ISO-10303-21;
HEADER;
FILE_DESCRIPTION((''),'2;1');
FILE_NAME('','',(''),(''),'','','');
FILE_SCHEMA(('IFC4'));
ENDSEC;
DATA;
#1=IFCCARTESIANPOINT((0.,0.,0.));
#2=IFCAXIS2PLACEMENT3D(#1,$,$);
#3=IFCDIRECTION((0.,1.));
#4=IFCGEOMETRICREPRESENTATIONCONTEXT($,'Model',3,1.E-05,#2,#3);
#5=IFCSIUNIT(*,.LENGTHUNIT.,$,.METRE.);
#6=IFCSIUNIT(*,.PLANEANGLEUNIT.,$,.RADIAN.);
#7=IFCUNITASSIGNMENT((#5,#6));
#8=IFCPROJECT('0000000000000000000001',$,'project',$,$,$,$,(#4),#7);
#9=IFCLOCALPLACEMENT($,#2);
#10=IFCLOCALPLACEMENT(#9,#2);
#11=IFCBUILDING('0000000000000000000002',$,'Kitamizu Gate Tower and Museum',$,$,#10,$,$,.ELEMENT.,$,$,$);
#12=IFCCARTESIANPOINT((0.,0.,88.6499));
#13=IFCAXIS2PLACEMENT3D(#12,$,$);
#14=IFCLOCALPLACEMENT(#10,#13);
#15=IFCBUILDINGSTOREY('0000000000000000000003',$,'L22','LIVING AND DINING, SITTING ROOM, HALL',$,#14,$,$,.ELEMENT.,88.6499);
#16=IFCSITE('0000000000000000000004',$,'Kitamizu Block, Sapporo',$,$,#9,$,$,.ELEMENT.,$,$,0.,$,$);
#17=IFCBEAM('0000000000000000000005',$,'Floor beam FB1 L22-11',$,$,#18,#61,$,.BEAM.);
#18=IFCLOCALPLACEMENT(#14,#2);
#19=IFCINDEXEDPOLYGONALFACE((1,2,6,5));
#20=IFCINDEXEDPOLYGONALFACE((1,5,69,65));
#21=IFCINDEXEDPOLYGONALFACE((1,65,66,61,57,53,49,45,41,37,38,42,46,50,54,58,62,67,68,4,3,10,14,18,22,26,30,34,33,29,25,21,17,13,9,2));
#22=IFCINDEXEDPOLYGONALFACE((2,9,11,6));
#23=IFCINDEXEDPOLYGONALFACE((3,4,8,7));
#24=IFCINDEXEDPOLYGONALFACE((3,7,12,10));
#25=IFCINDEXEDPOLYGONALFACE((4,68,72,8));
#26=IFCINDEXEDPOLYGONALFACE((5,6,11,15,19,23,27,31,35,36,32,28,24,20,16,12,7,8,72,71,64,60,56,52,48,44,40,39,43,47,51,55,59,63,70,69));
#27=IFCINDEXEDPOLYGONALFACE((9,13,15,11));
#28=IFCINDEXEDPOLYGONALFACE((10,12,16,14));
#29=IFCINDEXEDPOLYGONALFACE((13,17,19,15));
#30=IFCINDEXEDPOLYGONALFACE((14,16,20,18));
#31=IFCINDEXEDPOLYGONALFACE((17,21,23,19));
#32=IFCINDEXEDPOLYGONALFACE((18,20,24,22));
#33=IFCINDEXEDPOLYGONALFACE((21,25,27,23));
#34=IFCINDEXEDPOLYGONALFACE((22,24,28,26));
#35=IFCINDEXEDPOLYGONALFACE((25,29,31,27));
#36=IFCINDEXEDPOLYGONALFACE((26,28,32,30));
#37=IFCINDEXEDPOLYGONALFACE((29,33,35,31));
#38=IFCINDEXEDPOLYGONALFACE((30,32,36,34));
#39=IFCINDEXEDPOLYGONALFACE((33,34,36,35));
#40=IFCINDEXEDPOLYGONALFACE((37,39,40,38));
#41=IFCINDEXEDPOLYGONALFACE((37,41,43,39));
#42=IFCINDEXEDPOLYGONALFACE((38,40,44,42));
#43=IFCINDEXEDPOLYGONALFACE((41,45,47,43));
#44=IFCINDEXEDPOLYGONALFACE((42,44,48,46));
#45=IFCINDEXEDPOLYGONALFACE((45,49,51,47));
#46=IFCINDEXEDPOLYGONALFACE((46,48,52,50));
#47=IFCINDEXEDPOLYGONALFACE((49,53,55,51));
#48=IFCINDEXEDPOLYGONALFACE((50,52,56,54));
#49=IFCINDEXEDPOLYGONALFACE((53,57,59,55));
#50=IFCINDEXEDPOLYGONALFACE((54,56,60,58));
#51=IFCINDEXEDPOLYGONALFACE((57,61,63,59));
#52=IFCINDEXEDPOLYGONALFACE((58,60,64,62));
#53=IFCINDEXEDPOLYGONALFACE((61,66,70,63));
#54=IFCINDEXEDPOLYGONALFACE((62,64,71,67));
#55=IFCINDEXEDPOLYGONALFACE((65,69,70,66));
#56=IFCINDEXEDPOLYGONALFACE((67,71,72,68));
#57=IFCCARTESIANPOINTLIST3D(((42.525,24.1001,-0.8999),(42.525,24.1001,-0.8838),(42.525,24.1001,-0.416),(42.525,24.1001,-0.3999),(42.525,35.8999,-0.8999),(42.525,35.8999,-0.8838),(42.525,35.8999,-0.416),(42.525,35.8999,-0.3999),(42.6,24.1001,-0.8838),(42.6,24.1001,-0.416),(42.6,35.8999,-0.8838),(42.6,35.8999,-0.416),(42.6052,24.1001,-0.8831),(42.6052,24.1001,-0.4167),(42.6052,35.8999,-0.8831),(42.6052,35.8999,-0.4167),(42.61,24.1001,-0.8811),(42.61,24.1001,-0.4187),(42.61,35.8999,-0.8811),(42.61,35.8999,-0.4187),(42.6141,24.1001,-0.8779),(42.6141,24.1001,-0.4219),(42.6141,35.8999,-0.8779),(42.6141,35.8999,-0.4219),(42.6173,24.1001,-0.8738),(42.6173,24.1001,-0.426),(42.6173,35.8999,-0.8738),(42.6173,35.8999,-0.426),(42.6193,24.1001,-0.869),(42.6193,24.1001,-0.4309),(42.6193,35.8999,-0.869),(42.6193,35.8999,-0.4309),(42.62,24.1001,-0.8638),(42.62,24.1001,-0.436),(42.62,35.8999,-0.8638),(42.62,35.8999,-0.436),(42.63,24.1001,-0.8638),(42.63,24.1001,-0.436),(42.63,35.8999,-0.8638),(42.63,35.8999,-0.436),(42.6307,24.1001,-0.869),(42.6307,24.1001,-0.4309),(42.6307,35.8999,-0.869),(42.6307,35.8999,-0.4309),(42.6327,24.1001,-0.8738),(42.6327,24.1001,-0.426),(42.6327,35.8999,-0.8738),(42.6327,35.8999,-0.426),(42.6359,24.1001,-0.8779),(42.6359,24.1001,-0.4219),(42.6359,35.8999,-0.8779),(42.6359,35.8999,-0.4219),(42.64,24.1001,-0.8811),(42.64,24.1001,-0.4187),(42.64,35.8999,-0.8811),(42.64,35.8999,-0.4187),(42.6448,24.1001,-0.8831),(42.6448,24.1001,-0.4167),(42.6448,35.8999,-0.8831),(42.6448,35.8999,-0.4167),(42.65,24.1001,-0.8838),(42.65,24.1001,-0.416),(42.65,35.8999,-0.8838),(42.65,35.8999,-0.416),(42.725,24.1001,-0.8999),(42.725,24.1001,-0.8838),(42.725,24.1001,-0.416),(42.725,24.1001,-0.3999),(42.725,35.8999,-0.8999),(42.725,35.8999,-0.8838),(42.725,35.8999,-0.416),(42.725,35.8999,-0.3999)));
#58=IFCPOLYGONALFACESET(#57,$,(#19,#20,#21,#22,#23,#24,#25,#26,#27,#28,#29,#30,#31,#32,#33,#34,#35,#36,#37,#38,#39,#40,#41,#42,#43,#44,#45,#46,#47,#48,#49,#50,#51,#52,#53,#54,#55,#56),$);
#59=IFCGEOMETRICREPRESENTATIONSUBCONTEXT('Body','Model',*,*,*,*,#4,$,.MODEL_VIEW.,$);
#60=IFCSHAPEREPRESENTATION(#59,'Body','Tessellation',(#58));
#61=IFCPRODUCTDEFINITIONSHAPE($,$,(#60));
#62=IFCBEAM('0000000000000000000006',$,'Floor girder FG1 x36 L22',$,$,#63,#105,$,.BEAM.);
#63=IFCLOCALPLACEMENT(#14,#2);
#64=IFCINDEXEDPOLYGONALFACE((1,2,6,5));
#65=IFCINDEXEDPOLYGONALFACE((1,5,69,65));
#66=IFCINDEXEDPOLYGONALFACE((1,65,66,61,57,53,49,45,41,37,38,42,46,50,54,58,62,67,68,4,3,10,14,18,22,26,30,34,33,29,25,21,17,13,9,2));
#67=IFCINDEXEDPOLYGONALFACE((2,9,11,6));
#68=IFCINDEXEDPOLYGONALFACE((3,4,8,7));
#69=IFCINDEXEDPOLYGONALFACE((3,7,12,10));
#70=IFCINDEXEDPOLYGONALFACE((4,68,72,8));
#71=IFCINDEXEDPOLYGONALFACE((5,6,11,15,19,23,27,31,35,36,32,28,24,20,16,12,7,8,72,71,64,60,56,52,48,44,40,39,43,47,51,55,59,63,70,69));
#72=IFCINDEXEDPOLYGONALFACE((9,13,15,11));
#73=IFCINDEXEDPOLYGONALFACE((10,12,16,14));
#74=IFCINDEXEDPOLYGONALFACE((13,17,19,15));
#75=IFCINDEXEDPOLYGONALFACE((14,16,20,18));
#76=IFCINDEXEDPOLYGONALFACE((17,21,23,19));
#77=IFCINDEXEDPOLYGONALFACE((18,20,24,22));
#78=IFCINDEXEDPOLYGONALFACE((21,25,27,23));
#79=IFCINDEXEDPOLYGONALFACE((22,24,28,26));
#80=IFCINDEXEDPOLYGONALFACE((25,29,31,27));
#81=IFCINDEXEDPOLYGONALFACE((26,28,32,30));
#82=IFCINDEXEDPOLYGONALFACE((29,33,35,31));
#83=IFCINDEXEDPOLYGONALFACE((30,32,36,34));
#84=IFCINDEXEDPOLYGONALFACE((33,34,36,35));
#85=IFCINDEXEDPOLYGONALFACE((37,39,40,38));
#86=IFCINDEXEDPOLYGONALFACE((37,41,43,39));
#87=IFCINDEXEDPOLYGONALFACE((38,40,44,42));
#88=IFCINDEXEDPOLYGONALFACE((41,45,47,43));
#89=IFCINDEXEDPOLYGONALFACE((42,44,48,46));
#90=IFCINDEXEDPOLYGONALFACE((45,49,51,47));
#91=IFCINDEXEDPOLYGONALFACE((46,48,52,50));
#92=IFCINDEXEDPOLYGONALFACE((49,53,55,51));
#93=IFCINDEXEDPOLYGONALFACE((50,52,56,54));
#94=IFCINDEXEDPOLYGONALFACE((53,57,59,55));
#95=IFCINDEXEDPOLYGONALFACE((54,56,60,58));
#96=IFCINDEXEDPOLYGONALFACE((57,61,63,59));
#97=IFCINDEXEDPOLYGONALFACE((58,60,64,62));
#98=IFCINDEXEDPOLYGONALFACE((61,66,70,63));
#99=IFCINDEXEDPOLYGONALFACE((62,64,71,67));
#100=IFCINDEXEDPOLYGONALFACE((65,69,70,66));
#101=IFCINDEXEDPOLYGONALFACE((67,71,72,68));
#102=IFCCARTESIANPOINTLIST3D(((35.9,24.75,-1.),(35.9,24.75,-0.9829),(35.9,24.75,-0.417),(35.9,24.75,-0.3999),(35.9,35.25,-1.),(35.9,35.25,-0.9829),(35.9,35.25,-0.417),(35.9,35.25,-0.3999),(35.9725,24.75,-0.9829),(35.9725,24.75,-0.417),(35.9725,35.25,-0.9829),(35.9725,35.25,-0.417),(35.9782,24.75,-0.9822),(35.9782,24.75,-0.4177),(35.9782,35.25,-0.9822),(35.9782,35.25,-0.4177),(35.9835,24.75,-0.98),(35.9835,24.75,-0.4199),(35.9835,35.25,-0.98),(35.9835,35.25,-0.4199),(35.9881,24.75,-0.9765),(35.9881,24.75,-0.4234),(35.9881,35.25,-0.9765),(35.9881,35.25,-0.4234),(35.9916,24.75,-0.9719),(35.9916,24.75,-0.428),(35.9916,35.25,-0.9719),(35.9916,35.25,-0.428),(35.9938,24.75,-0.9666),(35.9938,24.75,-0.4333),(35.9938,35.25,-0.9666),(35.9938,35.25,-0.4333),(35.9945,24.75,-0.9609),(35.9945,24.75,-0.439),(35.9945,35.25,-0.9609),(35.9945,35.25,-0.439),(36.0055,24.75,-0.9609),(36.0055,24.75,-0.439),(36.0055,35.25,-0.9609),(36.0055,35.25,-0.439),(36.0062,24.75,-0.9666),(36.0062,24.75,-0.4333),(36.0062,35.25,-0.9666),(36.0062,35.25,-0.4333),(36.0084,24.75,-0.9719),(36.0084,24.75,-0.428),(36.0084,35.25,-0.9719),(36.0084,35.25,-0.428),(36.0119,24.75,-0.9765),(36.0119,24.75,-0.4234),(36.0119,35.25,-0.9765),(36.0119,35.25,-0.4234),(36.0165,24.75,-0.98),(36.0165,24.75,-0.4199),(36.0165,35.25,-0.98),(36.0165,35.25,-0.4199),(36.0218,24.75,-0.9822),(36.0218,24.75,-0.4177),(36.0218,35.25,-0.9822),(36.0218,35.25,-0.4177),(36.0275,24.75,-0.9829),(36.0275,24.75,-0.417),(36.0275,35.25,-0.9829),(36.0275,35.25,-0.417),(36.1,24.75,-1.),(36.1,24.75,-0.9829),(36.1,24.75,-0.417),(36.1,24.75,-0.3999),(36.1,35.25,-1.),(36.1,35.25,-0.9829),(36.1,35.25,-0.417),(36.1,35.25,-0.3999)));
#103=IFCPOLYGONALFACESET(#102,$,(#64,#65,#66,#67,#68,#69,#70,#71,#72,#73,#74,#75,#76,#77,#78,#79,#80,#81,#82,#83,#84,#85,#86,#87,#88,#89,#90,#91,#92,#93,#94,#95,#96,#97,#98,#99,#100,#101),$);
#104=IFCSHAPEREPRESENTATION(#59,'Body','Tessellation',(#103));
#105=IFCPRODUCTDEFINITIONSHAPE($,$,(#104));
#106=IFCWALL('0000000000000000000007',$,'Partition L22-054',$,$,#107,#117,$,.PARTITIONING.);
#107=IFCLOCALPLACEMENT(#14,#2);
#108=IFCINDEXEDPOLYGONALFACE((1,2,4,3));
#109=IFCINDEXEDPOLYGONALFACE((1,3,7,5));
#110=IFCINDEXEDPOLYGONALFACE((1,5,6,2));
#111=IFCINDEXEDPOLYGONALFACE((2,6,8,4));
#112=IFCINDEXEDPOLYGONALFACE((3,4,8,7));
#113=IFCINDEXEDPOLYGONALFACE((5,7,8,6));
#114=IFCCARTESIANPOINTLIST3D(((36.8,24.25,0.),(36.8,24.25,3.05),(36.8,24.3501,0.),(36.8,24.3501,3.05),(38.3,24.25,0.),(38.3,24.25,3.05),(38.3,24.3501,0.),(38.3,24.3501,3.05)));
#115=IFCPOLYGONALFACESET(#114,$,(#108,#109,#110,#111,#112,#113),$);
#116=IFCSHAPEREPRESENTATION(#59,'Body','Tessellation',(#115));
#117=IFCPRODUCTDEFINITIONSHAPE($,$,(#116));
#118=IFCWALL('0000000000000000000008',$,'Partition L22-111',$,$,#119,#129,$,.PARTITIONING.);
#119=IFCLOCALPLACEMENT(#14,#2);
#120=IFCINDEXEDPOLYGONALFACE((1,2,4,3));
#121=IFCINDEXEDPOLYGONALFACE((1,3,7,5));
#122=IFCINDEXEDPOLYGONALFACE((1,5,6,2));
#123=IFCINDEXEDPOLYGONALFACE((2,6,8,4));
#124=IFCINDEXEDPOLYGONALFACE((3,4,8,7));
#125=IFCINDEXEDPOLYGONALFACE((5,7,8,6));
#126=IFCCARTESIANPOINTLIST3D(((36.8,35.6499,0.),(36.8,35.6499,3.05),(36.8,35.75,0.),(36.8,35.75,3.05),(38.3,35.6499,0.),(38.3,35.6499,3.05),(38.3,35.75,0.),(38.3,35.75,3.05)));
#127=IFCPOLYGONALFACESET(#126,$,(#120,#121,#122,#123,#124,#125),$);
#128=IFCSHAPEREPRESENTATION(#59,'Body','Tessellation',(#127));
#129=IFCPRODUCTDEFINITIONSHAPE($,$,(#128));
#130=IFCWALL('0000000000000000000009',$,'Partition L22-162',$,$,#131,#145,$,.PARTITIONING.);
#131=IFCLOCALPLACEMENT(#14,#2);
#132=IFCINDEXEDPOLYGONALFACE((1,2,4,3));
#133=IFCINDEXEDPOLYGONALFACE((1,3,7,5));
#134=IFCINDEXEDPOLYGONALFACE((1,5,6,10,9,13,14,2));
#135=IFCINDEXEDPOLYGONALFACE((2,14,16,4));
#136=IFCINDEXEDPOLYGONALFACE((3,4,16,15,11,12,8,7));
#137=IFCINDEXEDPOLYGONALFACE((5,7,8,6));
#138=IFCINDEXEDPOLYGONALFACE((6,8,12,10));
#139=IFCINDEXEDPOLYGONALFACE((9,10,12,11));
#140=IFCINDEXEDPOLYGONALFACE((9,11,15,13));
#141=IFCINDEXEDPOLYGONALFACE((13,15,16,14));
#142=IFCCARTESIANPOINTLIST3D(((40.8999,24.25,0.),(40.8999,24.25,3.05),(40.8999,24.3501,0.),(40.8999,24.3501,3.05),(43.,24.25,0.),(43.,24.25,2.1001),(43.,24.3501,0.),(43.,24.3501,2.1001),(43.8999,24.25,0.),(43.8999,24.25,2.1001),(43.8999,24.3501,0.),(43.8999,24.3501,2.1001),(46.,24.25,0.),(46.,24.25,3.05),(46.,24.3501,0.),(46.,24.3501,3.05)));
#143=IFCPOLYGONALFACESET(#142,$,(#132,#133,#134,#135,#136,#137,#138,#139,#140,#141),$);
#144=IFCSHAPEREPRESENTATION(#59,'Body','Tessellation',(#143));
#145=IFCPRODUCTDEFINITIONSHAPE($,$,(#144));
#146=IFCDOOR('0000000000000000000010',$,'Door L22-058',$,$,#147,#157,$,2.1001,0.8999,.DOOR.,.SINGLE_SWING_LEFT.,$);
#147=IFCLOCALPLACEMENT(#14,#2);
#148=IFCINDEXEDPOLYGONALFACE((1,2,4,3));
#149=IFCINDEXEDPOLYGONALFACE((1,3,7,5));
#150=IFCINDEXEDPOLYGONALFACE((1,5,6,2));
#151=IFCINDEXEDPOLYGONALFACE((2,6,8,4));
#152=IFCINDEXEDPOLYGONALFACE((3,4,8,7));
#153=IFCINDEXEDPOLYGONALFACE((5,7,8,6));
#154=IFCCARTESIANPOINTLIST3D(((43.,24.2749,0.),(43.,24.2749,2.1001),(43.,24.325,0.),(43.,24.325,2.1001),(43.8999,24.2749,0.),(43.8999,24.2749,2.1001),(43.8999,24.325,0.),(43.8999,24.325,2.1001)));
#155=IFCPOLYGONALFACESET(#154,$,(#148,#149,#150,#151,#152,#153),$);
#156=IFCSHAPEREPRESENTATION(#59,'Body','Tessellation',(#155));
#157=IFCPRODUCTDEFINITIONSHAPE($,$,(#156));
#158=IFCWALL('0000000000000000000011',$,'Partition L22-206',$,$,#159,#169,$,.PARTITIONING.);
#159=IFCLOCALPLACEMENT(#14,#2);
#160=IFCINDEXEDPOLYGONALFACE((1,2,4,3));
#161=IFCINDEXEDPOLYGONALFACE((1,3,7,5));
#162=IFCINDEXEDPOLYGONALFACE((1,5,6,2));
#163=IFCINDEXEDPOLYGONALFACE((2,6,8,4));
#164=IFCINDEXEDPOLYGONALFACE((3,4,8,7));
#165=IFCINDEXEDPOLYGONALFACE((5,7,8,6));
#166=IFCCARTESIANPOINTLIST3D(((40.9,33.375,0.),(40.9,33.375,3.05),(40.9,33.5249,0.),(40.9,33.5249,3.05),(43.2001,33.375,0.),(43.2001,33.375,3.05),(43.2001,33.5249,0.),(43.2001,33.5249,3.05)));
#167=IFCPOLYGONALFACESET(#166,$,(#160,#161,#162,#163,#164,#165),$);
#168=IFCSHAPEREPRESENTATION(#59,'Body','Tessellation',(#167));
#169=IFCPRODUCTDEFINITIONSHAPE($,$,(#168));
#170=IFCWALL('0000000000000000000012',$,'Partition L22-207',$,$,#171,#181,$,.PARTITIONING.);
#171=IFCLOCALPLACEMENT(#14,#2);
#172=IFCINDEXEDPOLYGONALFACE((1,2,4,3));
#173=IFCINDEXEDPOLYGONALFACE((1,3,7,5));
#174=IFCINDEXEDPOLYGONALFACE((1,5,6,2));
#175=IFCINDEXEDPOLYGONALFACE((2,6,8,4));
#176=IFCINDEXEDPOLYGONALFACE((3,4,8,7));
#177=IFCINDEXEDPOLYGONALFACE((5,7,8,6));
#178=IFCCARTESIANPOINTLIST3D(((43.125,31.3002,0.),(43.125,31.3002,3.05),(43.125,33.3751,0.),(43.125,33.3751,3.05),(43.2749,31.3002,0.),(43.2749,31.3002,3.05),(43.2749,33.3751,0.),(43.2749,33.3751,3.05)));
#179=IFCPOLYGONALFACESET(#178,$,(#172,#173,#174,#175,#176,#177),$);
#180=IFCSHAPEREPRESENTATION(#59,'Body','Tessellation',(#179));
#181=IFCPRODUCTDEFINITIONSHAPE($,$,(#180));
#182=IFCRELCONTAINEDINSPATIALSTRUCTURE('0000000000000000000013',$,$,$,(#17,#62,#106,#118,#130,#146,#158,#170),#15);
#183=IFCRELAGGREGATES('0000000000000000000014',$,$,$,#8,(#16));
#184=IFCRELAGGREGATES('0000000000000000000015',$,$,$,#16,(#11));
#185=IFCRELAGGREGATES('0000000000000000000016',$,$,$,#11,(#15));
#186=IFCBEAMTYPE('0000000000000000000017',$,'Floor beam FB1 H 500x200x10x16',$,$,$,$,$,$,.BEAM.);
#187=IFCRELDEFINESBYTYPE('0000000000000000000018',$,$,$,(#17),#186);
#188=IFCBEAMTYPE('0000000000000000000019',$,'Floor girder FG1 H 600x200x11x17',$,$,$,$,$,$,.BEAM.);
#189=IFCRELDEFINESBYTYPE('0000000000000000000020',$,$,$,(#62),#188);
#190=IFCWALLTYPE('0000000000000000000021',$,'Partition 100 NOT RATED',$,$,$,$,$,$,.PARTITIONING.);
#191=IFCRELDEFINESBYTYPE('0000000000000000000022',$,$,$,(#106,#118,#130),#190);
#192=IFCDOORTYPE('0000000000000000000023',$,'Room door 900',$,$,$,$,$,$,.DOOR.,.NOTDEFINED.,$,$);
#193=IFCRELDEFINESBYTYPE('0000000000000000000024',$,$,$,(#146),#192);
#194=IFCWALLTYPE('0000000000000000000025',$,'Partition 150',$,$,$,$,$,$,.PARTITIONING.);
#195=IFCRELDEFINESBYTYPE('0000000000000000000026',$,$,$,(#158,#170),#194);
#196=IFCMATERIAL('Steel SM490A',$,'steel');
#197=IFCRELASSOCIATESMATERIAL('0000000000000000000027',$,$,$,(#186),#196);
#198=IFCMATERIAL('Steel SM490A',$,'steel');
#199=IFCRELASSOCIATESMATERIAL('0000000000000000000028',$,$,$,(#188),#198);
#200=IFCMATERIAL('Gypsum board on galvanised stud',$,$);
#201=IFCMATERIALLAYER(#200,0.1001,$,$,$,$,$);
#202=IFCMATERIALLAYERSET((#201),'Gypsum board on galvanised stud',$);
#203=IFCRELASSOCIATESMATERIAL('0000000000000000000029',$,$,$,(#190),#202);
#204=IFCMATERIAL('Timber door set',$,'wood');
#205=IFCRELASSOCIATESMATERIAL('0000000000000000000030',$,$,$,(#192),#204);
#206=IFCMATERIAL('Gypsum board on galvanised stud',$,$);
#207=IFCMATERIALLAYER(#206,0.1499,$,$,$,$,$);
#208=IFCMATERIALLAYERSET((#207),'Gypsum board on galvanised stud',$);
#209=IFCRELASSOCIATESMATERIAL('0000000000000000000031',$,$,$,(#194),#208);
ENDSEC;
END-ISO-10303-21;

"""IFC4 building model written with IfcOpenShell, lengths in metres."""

from ifc_helpers import new_model, si_unit, direction, frame, frame_2d, origin, origin_2d, place, context, subcontext, project, spatial, rectangle, i_section, extrude, material, layer, layer_set, material_profile, profile_set, type_object, element, fill, save


model = new_model("IFC4")

# Units and contexts
model_context = context("Model", 3, precision=1e-05, world=origin(), true_north=direction((0.0, 1.0)))
body_context = subcontext(model_context, "Body", "Model", "MODEL_VIEW")
ifc_project = project(units=[si_unit("LENGTHUNIT", "METRE"), si_unit("PLANEANGLEUNIT", "RADIAN")], contexts=[model_context])

# Site, building, storey
site_placement = place(None, origin())
site = spatial("IfcSite", under=ifc_project, at=site_placement, Name="Kitamizu Block, Sapporo", CompositionType="ELEMENT", RefElevation=0.0)
building_placement = place(site_placement, origin())
building = spatial("IfcBuilding", under=site, at=building_placement, Name="Kitamizu Gate Tower and Museum", CompositionType="ELEMENT")
storey_placement = place(building_placement, frame((0.0, 0.0, 88.6499)))
storey = spatial("IfcBuildingStorey", under=building, at=storey_placement, Name="L22", Description="LIVING AND DINING, SITTING ROOM, HALL", CompositionType="ELEMENT", Elevation=88.6499)

# Beams
ifc_material_1 = material(Name="Steel SM490A", Category="steel")
ifc_material_profile_1 = material_profile(ifc_material_1, i_section(OverallWidth=0.2, OverallDepth=0.5, WebThickness=0.01, FlangeThickness=0.0161, FilletRadius=0.02, at=origin_2d()), Name="H-500x200x10x16")
ifc_profile_set_1 = profile_set([ifc_material_profile_1], Name="Steel SM490A")
beam_type_1 = type_object("IfcBeamType", Name="Floor beam FB1 H 500x200x10x16", PredefinedType="BEAM", material=ifc_profile_set_1)
beam_1_placement = place(storey_placement, frame((42.625, 24.1001, -0.6499), z_axis=(0.0, 1.0, 0.0), x_axis=(-1.0, 0.0, 0.0)))
element("IfcBeam", 1, at=beam_1_placement, inside=storey, type_object=beam_type_1, Name="Floor beam FB1 L22-11", PredefinedType="BEAM", context=body_context, shape_type="SweptSolid", body=[
    extrude(i_section(OverallWidth=0.2, OverallDepth=0.5, WebThickness=0.01, FlangeThickness=0.0161, FilletRadius=0.02, at=origin_2d()), origin(), (0.0, 0.0, 1.0), 11.7998),
])
ifc_material_2 = material(Name="Steel SM490A", Category="steel")
ifc_material_profile_2 = material_profile(ifc_material_2, i_section(OverallWidth=0.2, OverallDepth=0.6001, WebThickness=0.011, FlangeThickness=0.0171, FilletRadius=0.022, at=origin_2d()), Name="H-600x200x11x17")
ifc_profile_set_2 = profile_set([ifc_material_profile_2], Name="Steel SM490A")
beam_type_2 = type_object("IfcBeamType", Name="Floor girder FG1 H 600x200x11x17", PredefinedType="BEAM", material=ifc_profile_set_2)
beam_2_placement = place(storey_placement, frame((36.0, 24.75, -0.7), z_axis=(0.0, 1.0, 0.0), x_axis=(-1.0, 0.0, 0.0)))
element("IfcBeam", 2, at=beam_2_placement, inside=storey, type_object=beam_type_2, Name="Floor girder FG1 x36 L22", PredefinedType="BEAM", context=body_context, shape_type="SweptSolid", body=[
    extrude(i_section(OverallWidth=0.2, OverallDepth=0.6001, WebThickness=0.011, FlangeThickness=0.0171, FilletRadius=0.022, at=origin_2d()), origin(), (0.0, 0.0, 1.0), 10.5),
])

# Walls
ifc_material_3 = material(Name="Gypsum board on galvanised stud")
ifc_layer_1 = layer(ifc_material_3, 0.1001)
ifc_layer_set_1 = layer_set([ifc_layer_1], Name="Gypsum board on galvanised stud")
wall_type_1 = type_object("IfcWallType", Name="Partition 100 NOT RATED", PredefinedType="PARTITIONING", material=ifc_layer_set_1)
for number, where, z_axis, x_axis, name in (
    (3, (38.3, 24.3, 0.0), (0.0, 0.0, 1.0), (-1.0, 0.0, 0.0), "Partition L22-054"),
    (4, (36.8, 35.7, 0.0), (0.0, 0.0, 1.0), (1.0, 0.0, 0.0), "Partition L22-111"),
):
    element("IfcWall", number, at=place(storey_placement, frame(where, z_axis=z_axis, x_axis=x_axis)), inside=storey, type_object=wall_type_1, Name=name, PredefinedType="PARTITIONING", context=body_context, shape_type="SweptSolid", body=[
        extrude(rectangle(XDim=1.5, YDim=0.1001, at=frame_2d((0.75, 0.0))), origin(), (0.0, 0.0, 1.0), 3.05),
    ])

# Wall, opening, door
wall_1_placement = place(storey_placement, frame((46.0, 24.3, 0.0), z_axis=(0.0, 0.0, 1.0), x_axis=(-1.0, 0.0, 0.0)))
wall_1 = element("IfcWall", 5, at=wall_1_placement, inside=storey, type_object=wall_type_1, Name="Partition L22-162", PredefinedType="PARTITIONING", context=body_context, shape_type="SweptSolid", body=[
    extrude(rectangle(XDim=5.1001, YDim=0.1001, at=frame_2d((2.55, 0.0))), origin(), (0.0, 0.0, 1.0), 3.05),
])
opening_1_placement = place(wall_1_placement, frame((2.1001, 0.0, 0.0)))
opening_1 = element("IfcOpeningElement", 6, at=opening_1_placement, cuts=wall_1, PredefinedType="OPENING", context=body_context, shape_type="SweptSolid", body=[
    extrude(rectangle(XDim=0.8999, YDim=2.1001, at=frame_2d((0.45, 1.05))), frame((0.0, 0.0601, 0.0), z_axis=(0.0, -1.0, 0.0), x_axis=(1.0, 0.0, 0.0)), (0.0, 0.0, 1.0), 0.1201),
])
ifc_material_4 = material(Name="Timber door set", Category="wood")
door_type_1 = type_object("IfcDoorType", Name="Room door 900", OperationType="NOTDEFINED", PredefinedType="DOOR", material=ifc_material_4)
door_1_placement = place(opening_1_placement, frame((0.8999, 0.0, 0.0), x_axis=(-1.0, 0.0, 0.0)))
door_1 = element("IfcDoor", 7, at=door_1_placement, inside=storey, type_object=door_type_1, Name="Door L22-058", OperationType="SINGLE_SWING_LEFT", OverallHeight=2.1001, OverallWidth=0.8999, PredefinedType="DOOR", context=body_context, shape_type="SweptSolid", body=[
    extrude(rectangle(XDim=0.8999, YDim=2.1001, at=frame_2d((0.45, 1.05))), frame((0.0, 0.0249, 0.0), z_axis=(0.0, -1.0, 0.0), x_axis=(1.0, 0.0, 0.0)), (0.0, 0.0, 1.0), 0.05),
])
fill(opening_1, door_1)

# Walls
ifc_material_5 = material(Name="Gypsum board on galvanised stud")
ifc_layer_2 = layer(ifc_material_5, 0.1499)
ifc_layer_set_2 = layer_set([ifc_layer_2], Name="Gypsum board on galvanised stud")
wall_type_2 = type_object("IfcWallType", Name="Partition 150", PredefinedType="PARTITIONING", material=ifc_layer_set_2)
wall_2_placement = place(storey_placement, frame((43.2, 33.45, 0.0), z_axis=(0.0, 0.0, 1.0), x_axis=(-1.0, 0.0, 0.0)))
element("IfcWall", 8, at=wall_2_placement, inside=storey, type_object=wall_type_2, Name="Partition L22-206", PredefinedType="PARTITIONING", context=body_context, shape_type="SweptSolid", body=[
    extrude(rectangle(XDim=2.3, YDim=0.1499, at=frame_2d((1.1499, 0.0))), origin(), (0.0, 0.0, 1.0), 3.05),
])
wall_3_placement = place(storey_placement, frame((43.2, 31.3, 0.0), z_axis=(0.0, 0.0, 1.0), x_axis=(0.0, 1.0, 0.0)))
element("IfcWall", 9, at=wall_3_placement, inside=storey, type_object=wall_type_2, Name="Partition L22-207", PredefinedType="PARTITIONING", context=body_context, shape_type="SweptSolid", body=[
    extrude(rectangle(XDim=2.075, YDim=0.1499, at=frame_2d((1.0376, 0.0))), origin(), (0.0, 0.0, 1.0), 3.05),
])

save(model, "model.ifc")
